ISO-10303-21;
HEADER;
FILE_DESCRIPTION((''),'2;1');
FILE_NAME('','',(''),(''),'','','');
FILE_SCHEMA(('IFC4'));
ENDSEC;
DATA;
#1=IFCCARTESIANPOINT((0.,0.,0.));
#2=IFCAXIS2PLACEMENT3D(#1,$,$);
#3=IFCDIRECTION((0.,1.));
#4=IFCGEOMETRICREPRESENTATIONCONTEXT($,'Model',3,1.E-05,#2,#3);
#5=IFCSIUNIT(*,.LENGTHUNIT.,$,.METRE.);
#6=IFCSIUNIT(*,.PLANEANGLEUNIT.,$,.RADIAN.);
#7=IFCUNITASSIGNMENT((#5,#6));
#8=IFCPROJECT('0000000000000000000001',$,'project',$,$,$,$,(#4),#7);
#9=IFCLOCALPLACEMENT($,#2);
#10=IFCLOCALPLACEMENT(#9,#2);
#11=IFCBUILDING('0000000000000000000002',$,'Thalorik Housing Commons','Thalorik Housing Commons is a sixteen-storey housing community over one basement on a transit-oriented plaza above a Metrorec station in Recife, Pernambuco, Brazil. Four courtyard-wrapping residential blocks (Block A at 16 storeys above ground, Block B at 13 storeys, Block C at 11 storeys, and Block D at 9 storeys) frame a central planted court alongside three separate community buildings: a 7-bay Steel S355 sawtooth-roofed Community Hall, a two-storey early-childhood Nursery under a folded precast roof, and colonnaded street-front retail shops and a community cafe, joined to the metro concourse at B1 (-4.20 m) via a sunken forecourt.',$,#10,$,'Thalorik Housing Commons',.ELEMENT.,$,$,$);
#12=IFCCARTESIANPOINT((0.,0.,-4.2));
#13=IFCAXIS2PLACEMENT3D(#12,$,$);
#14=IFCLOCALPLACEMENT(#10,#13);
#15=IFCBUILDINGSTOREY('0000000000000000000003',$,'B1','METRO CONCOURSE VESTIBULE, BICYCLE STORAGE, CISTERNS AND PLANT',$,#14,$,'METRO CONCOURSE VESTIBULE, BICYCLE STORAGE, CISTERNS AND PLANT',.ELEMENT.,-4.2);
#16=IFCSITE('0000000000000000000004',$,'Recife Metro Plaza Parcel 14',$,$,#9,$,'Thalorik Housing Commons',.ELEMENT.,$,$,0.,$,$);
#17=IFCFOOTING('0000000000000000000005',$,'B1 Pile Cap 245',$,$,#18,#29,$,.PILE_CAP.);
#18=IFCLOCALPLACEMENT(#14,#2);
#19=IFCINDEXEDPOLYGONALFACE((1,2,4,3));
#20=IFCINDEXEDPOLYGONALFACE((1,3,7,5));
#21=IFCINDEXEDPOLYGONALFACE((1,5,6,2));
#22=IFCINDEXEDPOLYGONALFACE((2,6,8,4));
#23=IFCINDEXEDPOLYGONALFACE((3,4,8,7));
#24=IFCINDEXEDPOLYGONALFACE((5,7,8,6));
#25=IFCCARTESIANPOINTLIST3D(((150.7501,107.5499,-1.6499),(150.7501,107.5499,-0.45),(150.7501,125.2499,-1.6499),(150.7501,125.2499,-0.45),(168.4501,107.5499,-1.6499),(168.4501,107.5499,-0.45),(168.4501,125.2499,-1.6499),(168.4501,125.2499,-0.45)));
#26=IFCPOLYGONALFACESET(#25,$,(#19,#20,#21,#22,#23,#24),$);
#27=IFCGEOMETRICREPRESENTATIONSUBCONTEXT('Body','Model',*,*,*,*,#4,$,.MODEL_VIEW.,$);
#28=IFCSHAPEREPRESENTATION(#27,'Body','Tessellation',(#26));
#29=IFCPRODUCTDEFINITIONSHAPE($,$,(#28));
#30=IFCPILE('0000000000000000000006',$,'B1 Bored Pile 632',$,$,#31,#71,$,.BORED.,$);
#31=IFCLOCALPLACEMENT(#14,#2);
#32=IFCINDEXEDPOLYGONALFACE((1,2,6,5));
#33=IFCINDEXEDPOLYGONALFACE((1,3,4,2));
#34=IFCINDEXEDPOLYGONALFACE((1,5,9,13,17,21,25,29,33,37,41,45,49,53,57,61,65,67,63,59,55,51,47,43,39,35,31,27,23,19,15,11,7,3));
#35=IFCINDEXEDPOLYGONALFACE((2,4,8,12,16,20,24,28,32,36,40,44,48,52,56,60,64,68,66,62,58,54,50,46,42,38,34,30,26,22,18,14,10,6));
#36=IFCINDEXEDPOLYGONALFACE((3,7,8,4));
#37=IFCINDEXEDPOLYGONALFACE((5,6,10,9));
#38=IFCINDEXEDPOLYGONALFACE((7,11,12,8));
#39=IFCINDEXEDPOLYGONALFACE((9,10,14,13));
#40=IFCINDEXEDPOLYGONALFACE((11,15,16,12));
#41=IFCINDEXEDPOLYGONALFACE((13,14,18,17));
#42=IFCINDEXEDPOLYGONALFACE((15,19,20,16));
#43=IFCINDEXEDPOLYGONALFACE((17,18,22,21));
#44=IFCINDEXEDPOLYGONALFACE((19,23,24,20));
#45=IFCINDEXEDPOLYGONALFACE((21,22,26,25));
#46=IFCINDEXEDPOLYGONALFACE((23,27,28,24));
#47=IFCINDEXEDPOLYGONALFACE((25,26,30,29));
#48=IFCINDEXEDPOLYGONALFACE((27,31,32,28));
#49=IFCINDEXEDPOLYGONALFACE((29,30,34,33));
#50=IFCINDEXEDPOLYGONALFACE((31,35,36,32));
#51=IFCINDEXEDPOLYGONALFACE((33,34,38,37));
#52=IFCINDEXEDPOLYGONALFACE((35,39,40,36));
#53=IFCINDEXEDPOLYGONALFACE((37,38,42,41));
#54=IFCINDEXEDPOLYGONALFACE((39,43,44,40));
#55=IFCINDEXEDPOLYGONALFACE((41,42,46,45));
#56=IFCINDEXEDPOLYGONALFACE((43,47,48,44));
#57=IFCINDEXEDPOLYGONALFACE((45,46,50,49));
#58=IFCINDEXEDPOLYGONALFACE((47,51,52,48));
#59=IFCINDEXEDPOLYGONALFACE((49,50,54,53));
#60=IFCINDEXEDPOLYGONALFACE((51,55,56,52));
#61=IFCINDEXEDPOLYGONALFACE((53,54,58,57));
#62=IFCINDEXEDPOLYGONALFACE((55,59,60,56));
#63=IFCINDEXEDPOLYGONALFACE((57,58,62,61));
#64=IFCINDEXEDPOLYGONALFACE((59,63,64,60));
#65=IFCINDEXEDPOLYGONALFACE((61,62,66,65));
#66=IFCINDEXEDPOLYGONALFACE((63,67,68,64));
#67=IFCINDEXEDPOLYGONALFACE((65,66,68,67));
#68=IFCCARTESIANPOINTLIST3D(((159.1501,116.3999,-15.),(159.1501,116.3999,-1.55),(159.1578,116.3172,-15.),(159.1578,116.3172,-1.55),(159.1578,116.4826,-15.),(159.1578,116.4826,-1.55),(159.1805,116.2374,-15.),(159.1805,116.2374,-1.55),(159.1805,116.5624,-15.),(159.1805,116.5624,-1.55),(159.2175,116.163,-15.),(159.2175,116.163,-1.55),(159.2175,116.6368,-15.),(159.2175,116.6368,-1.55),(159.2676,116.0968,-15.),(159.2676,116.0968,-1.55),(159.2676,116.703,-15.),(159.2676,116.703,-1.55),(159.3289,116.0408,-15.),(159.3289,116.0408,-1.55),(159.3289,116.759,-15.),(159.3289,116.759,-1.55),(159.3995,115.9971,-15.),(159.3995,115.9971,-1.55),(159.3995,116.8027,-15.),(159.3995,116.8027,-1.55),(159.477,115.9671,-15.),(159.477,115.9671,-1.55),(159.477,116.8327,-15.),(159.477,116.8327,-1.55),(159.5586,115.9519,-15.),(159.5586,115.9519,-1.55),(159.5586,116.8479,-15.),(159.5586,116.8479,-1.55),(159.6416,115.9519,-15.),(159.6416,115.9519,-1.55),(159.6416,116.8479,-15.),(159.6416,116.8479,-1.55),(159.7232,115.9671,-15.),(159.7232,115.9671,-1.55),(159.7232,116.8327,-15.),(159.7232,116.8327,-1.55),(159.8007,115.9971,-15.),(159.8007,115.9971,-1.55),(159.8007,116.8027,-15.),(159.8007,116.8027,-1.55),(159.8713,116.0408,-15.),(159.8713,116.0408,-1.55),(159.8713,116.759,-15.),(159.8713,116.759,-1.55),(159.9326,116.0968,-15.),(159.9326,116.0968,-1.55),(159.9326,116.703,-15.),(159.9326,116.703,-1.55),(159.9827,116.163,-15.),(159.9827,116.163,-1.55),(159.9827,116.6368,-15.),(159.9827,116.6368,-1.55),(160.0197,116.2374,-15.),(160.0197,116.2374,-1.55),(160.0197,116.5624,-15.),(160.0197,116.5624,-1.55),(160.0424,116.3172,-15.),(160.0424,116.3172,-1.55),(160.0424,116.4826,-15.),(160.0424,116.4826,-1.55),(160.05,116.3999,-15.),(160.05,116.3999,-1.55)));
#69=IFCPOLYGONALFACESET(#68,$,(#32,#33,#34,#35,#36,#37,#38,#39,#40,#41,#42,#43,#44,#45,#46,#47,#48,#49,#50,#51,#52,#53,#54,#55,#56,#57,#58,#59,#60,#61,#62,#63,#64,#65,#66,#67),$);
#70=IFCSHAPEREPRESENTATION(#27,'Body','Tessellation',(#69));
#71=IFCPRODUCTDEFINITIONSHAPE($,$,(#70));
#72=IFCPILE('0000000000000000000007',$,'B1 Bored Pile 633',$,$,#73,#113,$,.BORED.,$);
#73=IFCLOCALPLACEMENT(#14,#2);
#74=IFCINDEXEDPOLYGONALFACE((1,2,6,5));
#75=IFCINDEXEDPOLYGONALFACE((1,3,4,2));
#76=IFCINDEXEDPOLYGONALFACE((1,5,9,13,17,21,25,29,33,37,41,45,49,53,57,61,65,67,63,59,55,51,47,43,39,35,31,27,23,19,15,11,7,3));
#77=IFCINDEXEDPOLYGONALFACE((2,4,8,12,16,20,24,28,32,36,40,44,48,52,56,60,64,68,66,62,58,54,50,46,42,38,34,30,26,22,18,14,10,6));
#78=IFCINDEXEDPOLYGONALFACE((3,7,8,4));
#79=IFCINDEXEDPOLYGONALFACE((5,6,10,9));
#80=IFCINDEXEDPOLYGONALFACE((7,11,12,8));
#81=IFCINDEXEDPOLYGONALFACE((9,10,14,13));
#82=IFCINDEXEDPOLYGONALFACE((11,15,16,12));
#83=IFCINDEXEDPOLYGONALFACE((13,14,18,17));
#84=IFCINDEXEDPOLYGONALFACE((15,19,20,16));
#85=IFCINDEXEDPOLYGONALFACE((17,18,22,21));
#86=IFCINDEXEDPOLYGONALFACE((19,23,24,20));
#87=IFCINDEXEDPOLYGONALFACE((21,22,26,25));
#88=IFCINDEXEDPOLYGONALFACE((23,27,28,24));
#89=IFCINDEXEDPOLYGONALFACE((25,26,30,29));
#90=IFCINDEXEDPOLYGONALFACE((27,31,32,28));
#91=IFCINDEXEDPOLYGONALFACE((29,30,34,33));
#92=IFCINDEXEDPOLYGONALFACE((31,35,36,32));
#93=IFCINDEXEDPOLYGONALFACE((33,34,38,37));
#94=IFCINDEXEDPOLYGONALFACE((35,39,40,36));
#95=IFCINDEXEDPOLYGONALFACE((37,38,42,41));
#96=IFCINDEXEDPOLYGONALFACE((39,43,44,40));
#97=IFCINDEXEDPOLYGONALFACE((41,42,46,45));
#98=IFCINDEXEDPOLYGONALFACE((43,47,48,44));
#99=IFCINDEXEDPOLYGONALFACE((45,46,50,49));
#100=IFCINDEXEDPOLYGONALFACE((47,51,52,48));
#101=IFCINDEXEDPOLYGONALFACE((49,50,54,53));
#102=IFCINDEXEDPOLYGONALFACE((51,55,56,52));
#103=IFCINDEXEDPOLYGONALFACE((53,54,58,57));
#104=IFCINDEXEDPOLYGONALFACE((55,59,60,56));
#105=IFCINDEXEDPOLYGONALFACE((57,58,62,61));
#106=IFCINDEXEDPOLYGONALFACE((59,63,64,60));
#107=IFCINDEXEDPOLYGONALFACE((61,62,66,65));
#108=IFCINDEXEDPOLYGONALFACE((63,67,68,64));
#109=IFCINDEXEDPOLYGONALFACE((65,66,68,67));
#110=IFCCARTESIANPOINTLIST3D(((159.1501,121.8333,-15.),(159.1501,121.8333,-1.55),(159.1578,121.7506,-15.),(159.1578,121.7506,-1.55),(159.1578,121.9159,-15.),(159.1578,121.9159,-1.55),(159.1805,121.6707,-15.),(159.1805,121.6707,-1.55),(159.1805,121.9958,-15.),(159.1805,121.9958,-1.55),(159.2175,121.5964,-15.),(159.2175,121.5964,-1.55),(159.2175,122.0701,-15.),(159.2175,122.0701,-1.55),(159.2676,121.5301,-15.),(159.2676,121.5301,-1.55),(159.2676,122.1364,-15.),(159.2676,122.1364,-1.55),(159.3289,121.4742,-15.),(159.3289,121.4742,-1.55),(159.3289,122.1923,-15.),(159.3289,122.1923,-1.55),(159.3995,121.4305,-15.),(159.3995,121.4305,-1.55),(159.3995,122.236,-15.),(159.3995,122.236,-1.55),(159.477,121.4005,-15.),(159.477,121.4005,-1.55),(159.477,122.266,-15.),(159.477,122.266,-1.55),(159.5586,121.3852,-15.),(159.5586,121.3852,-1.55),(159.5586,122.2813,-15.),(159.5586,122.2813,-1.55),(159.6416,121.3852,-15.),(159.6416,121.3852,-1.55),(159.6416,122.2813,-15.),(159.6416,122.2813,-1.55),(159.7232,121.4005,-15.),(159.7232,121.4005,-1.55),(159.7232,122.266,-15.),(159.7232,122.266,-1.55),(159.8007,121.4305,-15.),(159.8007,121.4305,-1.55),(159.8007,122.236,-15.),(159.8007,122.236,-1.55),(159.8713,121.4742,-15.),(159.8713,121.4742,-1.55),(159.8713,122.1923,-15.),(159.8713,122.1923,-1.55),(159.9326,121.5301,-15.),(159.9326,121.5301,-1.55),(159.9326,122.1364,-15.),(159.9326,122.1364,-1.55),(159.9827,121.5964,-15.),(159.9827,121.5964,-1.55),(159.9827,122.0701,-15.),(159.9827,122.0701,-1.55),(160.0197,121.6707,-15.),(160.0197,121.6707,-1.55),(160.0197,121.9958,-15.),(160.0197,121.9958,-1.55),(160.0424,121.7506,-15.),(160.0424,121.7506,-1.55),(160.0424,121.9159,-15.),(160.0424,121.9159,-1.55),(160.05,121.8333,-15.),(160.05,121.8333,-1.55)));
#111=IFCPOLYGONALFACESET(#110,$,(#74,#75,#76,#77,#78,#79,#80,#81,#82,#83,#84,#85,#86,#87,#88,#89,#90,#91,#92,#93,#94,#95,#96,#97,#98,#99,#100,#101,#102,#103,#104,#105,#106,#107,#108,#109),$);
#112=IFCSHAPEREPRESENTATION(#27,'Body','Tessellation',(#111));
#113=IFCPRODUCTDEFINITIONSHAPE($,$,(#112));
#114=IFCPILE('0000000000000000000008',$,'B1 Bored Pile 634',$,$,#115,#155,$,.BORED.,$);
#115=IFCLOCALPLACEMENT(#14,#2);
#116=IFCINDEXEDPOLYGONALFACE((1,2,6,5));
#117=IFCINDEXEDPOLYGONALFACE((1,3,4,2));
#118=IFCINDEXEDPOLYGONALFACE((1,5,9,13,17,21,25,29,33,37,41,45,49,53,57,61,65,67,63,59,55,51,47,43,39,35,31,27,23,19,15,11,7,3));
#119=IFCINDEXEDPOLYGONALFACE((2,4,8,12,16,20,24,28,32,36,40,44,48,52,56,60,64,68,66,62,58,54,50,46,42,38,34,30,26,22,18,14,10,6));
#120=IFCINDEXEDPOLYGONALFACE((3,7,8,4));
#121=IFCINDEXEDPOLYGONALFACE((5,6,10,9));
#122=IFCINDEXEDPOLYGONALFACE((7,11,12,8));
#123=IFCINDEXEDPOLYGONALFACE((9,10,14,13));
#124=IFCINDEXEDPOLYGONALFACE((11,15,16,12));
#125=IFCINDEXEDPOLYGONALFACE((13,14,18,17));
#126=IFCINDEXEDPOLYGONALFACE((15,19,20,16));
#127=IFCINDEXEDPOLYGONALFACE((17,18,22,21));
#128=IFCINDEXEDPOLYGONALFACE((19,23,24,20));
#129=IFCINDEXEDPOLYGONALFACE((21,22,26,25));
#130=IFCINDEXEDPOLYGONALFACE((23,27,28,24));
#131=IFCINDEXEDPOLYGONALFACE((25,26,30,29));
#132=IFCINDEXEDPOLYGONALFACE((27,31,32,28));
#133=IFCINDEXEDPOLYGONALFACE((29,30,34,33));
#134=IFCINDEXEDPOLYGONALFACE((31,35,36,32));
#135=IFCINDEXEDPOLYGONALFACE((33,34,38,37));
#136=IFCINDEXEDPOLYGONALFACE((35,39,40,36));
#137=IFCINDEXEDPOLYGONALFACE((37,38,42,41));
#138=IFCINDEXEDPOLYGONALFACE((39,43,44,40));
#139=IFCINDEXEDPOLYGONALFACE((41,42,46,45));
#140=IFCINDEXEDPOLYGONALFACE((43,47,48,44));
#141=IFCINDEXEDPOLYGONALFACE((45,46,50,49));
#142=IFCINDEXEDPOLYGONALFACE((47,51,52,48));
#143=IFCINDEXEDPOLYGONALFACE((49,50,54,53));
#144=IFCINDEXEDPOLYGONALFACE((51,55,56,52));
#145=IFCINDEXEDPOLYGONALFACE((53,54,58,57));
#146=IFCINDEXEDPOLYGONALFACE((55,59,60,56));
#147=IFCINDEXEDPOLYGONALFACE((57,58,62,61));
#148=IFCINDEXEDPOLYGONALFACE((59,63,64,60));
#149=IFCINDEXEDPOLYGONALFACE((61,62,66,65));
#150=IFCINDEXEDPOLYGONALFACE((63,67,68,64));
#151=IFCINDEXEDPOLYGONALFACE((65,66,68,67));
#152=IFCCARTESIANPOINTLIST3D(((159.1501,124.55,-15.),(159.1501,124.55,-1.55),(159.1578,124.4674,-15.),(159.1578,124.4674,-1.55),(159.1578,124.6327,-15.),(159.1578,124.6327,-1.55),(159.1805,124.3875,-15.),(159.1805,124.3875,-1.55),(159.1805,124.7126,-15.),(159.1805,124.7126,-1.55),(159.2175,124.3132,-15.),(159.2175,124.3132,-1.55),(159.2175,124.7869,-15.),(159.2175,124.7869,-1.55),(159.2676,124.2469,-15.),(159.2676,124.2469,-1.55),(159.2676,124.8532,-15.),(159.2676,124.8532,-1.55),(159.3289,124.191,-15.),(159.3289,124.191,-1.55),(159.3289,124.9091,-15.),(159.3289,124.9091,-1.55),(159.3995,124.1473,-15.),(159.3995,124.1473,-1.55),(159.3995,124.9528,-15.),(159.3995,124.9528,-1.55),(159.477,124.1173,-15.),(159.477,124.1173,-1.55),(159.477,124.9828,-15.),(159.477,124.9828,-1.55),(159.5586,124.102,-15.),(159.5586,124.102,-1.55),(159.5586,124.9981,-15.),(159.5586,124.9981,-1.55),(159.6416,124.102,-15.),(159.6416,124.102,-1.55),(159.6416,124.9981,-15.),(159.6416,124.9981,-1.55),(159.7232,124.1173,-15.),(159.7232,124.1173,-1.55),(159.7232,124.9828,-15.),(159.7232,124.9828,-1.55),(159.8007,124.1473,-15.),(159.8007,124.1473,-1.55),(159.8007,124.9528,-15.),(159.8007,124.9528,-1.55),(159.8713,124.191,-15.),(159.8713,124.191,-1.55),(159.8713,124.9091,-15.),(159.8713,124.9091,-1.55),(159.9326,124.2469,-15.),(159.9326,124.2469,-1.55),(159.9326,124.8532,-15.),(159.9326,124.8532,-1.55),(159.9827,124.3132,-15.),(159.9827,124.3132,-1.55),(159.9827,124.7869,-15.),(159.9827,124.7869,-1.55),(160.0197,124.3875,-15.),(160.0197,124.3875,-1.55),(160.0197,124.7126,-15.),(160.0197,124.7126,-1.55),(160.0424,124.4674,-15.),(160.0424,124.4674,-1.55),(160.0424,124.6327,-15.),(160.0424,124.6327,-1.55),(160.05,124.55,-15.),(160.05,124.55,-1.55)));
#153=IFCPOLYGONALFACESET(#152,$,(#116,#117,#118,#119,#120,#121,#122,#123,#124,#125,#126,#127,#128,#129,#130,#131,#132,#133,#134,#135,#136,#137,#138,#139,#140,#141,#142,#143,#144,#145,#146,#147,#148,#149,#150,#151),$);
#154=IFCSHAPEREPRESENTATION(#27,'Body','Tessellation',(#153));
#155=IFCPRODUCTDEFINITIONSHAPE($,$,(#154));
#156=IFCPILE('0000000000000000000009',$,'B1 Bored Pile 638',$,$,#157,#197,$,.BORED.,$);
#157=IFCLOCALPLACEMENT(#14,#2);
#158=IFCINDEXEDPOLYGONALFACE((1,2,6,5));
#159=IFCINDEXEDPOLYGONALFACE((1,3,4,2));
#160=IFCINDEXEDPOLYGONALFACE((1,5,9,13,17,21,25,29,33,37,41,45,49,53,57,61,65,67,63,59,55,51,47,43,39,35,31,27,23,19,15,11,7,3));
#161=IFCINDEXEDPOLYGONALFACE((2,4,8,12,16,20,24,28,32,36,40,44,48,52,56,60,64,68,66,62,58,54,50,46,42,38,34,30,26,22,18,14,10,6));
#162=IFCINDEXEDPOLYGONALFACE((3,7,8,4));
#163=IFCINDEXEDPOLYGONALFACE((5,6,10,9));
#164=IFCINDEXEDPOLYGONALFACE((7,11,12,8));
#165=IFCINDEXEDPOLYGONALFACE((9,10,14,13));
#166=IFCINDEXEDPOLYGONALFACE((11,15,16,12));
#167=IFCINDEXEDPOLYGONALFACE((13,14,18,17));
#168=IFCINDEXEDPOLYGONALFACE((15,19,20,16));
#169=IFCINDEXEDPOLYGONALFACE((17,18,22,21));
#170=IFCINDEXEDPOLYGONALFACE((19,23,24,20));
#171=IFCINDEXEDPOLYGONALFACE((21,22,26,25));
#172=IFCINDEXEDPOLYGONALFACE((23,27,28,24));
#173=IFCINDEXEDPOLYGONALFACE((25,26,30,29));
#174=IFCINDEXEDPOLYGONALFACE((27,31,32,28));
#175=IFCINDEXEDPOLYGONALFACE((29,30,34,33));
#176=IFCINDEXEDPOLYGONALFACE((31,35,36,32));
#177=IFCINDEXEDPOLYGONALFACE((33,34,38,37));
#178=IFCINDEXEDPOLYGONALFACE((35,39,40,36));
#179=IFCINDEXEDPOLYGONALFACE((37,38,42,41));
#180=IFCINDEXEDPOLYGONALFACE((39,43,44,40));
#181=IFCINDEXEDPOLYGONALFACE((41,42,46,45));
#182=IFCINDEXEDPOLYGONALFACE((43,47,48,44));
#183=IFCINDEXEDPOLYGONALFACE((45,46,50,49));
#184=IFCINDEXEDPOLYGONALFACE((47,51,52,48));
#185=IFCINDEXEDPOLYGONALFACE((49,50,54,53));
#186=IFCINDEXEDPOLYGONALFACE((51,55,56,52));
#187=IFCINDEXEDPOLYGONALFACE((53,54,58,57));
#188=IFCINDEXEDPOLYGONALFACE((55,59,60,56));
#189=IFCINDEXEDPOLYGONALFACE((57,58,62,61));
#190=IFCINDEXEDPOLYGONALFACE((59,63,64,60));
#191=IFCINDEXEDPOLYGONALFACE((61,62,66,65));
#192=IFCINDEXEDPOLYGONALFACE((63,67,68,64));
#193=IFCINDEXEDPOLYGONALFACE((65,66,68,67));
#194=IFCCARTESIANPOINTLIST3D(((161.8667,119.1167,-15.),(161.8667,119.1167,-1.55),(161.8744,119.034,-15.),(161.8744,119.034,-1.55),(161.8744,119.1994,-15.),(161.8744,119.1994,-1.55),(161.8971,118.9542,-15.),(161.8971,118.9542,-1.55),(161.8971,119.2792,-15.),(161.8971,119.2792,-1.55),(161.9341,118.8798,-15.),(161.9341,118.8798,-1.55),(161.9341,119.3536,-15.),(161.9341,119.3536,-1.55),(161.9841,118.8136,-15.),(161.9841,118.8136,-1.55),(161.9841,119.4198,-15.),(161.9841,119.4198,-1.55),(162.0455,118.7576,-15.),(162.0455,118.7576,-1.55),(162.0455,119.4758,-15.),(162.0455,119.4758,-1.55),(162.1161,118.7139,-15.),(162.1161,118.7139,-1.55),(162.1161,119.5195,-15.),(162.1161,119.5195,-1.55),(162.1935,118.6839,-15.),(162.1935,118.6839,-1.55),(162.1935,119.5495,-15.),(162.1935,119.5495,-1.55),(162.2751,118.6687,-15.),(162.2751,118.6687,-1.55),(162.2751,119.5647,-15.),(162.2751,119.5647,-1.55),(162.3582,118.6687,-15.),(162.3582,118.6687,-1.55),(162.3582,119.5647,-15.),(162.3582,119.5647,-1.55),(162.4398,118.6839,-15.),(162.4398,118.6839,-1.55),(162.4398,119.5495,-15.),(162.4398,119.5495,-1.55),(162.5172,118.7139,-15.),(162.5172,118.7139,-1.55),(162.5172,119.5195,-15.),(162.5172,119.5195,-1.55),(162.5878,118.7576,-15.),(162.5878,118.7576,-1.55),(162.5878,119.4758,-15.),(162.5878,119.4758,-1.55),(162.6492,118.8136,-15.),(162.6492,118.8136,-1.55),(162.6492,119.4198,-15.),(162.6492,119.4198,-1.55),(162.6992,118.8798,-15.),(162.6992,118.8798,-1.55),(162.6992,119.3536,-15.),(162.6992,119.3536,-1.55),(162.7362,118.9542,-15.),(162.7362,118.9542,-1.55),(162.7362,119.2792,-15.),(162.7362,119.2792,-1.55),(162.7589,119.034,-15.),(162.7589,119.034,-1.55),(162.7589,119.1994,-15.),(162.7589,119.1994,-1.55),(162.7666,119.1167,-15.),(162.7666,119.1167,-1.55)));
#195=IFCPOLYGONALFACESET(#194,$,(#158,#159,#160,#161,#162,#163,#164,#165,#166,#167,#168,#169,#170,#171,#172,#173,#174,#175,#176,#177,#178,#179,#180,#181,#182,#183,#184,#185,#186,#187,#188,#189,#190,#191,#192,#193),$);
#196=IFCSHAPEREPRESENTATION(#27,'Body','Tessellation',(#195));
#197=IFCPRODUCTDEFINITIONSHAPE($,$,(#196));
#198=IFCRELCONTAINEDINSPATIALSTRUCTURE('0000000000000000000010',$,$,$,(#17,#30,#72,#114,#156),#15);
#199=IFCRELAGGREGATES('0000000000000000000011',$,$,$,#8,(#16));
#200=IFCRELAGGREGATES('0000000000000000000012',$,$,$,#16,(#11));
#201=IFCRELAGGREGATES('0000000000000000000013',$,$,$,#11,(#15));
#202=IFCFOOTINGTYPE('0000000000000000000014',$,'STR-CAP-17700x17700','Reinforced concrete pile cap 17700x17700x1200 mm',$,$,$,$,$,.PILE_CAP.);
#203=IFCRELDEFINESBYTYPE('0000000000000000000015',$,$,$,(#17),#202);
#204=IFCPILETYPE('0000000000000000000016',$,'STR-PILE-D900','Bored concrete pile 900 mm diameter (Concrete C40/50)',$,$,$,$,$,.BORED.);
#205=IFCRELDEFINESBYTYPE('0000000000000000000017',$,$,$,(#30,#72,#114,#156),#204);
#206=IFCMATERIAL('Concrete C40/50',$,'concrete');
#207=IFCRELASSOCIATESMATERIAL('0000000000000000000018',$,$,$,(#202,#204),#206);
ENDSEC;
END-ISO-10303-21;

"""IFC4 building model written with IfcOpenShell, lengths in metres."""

from ifc_helpers import new_model, si_unit, direction, frame, origin, origin_2d, place, context, subcontext, project, spatial, rectangle, circle, extrude, material, material_profile, profile_set, type_object, element, save


model = new_model("IFC4")

# Units and contexts
model_context = context("Model", 3, precision=1e-05, world=origin(), true_north=direction((0.0, 1.0)))
body_context = subcontext(model_context, "Body", "Model", "MODEL_VIEW")
ifc_project = project(units=[si_unit("LENGTHUNIT", "METRE"), si_unit("PLANEANGLEUNIT", "RADIAN")], contexts=[model_context])

# Site, building, storey
site_placement = place(None, origin())
site = spatial("IfcSite", under=ifc_project, at=site_placement, Name="Recife Metro Plaza Parcel 14", LongName="Thalorik Housing Commons", CompositionType="ELEMENT", RefElevation=0.0)
building_placement = place(site_placement, origin())
building = spatial("IfcBuilding", under=site, at=building_placement, Name="Thalorik Housing Commons", Description="Thalorik Housing Commons is a sixteen-storey housing community over one basement on a transit-oriented plaza above a Metrorec station in Recife, Pernambuco, Brazil. Four courtyard-wrapping residential blocks (Block A at 16 storeys above ground, Block B at 13 storeys, Block C at 11 storeys, and Block D at 9 storeys) frame a central planted court alongside three separate community buildings: a 7-bay Steel S355 sawtooth-roofed Community Hall, a two-storey early-childhood Nursery under a folded precast roof, and colonnaded street-front retail shops and a community cafe, joined to the metro concourse at B1 (-4.20 m) via a sunken forecourt.", LongName="Thalorik Housing Commons", CompositionType="ELEMENT")
storey_placement = place(building_placement, frame((0.0, 0.0, -4.2)))
storey = spatial("IfcBuildingStorey", under=building, at=storey_placement, Name="B1", Description="METRO CONCOURSE VESTIBULE, BICYCLE STORAGE, CISTERNS AND PLANT", LongName="METRO CONCOURSE VESTIBULE, BICYCLE STORAGE, CISTERNS AND PLANT", CompositionType="ELEMENT", Elevation=-4.2)

# Footing
ifc_material_1 = material(Name="Concrete C40/50", Category="concrete")
footing_type = type_object("IfcFootingType", Name="STR-CAP-17700x17700", Description="Reinforced concrete pile cap 17700x17700x1200 mm", PredefinedType="PILE_CAP", material=ifc_material_1)
footing_placement = place(storey_placement, frame((159.6001, 116.3999, -1.6499), z_axis=(0.0, 0.0, 1.0), x_axis=(1.0, 0.0, 0.0)))
element("IfcFooting", 1, at=footing_placement, inside=storey, type_object=footing_type, Name="B1 Pile Cap 245", PredefinedType="PILE_CAP", context=body_context, shape_type="SweptSolid", body=[
    extrude(rectangle(XDim=17.7, YDim=17.7, at=origin_2d()), origin(), (0.0, 0.0, 1.0), 1.2),
])

# Piles
ifc_material_profile_1 = material_profile(ifc_material_1, circle(Radius=0.45, at=origin_2d()), Name="BORED PILE D900", Category="concrete")
ifc_profile_set_1 = profile_set([ifc_material_profile_1], Name="Concrete C40/50")
pile_type = type_object("IfcPileType", Name="STR-PILE-D900", Description="Bored concrete pile 900 mm diameter (Concrete C40/50)", PredefinedType="BORED", material=ifc_profile_set_1)
for number, where, z_axis, x_axis, name in (
    (2, (159.6001, 116.3999, -1.55), (0.0, 0.0, -1.0), (1.0, 0.0, 0.0), "B1 Bored Pile 632"),
    (3, (159.6001, 121.8333, -1.55), (0.0, 0.0, -1.0), (1.0, 0.0, 0.0), "B1 Bored Pile 633"),
    (4, (159.6001, 124.55, -1.55), (0.0, 0.0, -1.0), (1.0, 0.0, 0.0), "B1 Bored Pile 634"),
    (5, (162.3167, 119.1167, -1.55), (0.0, 0.0, -1.0), (1.0, 0.0, 0.0), "B1 Bored Pile 638"),
):
    element("IfcPile", number, at=place(storey_placement, frame(where, z_axis=z_axis, x_axis=x_axis)), inside=storey, type_object=pile_type, Name=name, PredefinedType="BORED", context=body_context, shape_type="SweptSolid", body=[
        extrude(circle(Radius=0.45, at=origin_2d()), origin(), (0.0, 0.0, 1.0), 13.45),
    ])

save(model, "model.ifc")
